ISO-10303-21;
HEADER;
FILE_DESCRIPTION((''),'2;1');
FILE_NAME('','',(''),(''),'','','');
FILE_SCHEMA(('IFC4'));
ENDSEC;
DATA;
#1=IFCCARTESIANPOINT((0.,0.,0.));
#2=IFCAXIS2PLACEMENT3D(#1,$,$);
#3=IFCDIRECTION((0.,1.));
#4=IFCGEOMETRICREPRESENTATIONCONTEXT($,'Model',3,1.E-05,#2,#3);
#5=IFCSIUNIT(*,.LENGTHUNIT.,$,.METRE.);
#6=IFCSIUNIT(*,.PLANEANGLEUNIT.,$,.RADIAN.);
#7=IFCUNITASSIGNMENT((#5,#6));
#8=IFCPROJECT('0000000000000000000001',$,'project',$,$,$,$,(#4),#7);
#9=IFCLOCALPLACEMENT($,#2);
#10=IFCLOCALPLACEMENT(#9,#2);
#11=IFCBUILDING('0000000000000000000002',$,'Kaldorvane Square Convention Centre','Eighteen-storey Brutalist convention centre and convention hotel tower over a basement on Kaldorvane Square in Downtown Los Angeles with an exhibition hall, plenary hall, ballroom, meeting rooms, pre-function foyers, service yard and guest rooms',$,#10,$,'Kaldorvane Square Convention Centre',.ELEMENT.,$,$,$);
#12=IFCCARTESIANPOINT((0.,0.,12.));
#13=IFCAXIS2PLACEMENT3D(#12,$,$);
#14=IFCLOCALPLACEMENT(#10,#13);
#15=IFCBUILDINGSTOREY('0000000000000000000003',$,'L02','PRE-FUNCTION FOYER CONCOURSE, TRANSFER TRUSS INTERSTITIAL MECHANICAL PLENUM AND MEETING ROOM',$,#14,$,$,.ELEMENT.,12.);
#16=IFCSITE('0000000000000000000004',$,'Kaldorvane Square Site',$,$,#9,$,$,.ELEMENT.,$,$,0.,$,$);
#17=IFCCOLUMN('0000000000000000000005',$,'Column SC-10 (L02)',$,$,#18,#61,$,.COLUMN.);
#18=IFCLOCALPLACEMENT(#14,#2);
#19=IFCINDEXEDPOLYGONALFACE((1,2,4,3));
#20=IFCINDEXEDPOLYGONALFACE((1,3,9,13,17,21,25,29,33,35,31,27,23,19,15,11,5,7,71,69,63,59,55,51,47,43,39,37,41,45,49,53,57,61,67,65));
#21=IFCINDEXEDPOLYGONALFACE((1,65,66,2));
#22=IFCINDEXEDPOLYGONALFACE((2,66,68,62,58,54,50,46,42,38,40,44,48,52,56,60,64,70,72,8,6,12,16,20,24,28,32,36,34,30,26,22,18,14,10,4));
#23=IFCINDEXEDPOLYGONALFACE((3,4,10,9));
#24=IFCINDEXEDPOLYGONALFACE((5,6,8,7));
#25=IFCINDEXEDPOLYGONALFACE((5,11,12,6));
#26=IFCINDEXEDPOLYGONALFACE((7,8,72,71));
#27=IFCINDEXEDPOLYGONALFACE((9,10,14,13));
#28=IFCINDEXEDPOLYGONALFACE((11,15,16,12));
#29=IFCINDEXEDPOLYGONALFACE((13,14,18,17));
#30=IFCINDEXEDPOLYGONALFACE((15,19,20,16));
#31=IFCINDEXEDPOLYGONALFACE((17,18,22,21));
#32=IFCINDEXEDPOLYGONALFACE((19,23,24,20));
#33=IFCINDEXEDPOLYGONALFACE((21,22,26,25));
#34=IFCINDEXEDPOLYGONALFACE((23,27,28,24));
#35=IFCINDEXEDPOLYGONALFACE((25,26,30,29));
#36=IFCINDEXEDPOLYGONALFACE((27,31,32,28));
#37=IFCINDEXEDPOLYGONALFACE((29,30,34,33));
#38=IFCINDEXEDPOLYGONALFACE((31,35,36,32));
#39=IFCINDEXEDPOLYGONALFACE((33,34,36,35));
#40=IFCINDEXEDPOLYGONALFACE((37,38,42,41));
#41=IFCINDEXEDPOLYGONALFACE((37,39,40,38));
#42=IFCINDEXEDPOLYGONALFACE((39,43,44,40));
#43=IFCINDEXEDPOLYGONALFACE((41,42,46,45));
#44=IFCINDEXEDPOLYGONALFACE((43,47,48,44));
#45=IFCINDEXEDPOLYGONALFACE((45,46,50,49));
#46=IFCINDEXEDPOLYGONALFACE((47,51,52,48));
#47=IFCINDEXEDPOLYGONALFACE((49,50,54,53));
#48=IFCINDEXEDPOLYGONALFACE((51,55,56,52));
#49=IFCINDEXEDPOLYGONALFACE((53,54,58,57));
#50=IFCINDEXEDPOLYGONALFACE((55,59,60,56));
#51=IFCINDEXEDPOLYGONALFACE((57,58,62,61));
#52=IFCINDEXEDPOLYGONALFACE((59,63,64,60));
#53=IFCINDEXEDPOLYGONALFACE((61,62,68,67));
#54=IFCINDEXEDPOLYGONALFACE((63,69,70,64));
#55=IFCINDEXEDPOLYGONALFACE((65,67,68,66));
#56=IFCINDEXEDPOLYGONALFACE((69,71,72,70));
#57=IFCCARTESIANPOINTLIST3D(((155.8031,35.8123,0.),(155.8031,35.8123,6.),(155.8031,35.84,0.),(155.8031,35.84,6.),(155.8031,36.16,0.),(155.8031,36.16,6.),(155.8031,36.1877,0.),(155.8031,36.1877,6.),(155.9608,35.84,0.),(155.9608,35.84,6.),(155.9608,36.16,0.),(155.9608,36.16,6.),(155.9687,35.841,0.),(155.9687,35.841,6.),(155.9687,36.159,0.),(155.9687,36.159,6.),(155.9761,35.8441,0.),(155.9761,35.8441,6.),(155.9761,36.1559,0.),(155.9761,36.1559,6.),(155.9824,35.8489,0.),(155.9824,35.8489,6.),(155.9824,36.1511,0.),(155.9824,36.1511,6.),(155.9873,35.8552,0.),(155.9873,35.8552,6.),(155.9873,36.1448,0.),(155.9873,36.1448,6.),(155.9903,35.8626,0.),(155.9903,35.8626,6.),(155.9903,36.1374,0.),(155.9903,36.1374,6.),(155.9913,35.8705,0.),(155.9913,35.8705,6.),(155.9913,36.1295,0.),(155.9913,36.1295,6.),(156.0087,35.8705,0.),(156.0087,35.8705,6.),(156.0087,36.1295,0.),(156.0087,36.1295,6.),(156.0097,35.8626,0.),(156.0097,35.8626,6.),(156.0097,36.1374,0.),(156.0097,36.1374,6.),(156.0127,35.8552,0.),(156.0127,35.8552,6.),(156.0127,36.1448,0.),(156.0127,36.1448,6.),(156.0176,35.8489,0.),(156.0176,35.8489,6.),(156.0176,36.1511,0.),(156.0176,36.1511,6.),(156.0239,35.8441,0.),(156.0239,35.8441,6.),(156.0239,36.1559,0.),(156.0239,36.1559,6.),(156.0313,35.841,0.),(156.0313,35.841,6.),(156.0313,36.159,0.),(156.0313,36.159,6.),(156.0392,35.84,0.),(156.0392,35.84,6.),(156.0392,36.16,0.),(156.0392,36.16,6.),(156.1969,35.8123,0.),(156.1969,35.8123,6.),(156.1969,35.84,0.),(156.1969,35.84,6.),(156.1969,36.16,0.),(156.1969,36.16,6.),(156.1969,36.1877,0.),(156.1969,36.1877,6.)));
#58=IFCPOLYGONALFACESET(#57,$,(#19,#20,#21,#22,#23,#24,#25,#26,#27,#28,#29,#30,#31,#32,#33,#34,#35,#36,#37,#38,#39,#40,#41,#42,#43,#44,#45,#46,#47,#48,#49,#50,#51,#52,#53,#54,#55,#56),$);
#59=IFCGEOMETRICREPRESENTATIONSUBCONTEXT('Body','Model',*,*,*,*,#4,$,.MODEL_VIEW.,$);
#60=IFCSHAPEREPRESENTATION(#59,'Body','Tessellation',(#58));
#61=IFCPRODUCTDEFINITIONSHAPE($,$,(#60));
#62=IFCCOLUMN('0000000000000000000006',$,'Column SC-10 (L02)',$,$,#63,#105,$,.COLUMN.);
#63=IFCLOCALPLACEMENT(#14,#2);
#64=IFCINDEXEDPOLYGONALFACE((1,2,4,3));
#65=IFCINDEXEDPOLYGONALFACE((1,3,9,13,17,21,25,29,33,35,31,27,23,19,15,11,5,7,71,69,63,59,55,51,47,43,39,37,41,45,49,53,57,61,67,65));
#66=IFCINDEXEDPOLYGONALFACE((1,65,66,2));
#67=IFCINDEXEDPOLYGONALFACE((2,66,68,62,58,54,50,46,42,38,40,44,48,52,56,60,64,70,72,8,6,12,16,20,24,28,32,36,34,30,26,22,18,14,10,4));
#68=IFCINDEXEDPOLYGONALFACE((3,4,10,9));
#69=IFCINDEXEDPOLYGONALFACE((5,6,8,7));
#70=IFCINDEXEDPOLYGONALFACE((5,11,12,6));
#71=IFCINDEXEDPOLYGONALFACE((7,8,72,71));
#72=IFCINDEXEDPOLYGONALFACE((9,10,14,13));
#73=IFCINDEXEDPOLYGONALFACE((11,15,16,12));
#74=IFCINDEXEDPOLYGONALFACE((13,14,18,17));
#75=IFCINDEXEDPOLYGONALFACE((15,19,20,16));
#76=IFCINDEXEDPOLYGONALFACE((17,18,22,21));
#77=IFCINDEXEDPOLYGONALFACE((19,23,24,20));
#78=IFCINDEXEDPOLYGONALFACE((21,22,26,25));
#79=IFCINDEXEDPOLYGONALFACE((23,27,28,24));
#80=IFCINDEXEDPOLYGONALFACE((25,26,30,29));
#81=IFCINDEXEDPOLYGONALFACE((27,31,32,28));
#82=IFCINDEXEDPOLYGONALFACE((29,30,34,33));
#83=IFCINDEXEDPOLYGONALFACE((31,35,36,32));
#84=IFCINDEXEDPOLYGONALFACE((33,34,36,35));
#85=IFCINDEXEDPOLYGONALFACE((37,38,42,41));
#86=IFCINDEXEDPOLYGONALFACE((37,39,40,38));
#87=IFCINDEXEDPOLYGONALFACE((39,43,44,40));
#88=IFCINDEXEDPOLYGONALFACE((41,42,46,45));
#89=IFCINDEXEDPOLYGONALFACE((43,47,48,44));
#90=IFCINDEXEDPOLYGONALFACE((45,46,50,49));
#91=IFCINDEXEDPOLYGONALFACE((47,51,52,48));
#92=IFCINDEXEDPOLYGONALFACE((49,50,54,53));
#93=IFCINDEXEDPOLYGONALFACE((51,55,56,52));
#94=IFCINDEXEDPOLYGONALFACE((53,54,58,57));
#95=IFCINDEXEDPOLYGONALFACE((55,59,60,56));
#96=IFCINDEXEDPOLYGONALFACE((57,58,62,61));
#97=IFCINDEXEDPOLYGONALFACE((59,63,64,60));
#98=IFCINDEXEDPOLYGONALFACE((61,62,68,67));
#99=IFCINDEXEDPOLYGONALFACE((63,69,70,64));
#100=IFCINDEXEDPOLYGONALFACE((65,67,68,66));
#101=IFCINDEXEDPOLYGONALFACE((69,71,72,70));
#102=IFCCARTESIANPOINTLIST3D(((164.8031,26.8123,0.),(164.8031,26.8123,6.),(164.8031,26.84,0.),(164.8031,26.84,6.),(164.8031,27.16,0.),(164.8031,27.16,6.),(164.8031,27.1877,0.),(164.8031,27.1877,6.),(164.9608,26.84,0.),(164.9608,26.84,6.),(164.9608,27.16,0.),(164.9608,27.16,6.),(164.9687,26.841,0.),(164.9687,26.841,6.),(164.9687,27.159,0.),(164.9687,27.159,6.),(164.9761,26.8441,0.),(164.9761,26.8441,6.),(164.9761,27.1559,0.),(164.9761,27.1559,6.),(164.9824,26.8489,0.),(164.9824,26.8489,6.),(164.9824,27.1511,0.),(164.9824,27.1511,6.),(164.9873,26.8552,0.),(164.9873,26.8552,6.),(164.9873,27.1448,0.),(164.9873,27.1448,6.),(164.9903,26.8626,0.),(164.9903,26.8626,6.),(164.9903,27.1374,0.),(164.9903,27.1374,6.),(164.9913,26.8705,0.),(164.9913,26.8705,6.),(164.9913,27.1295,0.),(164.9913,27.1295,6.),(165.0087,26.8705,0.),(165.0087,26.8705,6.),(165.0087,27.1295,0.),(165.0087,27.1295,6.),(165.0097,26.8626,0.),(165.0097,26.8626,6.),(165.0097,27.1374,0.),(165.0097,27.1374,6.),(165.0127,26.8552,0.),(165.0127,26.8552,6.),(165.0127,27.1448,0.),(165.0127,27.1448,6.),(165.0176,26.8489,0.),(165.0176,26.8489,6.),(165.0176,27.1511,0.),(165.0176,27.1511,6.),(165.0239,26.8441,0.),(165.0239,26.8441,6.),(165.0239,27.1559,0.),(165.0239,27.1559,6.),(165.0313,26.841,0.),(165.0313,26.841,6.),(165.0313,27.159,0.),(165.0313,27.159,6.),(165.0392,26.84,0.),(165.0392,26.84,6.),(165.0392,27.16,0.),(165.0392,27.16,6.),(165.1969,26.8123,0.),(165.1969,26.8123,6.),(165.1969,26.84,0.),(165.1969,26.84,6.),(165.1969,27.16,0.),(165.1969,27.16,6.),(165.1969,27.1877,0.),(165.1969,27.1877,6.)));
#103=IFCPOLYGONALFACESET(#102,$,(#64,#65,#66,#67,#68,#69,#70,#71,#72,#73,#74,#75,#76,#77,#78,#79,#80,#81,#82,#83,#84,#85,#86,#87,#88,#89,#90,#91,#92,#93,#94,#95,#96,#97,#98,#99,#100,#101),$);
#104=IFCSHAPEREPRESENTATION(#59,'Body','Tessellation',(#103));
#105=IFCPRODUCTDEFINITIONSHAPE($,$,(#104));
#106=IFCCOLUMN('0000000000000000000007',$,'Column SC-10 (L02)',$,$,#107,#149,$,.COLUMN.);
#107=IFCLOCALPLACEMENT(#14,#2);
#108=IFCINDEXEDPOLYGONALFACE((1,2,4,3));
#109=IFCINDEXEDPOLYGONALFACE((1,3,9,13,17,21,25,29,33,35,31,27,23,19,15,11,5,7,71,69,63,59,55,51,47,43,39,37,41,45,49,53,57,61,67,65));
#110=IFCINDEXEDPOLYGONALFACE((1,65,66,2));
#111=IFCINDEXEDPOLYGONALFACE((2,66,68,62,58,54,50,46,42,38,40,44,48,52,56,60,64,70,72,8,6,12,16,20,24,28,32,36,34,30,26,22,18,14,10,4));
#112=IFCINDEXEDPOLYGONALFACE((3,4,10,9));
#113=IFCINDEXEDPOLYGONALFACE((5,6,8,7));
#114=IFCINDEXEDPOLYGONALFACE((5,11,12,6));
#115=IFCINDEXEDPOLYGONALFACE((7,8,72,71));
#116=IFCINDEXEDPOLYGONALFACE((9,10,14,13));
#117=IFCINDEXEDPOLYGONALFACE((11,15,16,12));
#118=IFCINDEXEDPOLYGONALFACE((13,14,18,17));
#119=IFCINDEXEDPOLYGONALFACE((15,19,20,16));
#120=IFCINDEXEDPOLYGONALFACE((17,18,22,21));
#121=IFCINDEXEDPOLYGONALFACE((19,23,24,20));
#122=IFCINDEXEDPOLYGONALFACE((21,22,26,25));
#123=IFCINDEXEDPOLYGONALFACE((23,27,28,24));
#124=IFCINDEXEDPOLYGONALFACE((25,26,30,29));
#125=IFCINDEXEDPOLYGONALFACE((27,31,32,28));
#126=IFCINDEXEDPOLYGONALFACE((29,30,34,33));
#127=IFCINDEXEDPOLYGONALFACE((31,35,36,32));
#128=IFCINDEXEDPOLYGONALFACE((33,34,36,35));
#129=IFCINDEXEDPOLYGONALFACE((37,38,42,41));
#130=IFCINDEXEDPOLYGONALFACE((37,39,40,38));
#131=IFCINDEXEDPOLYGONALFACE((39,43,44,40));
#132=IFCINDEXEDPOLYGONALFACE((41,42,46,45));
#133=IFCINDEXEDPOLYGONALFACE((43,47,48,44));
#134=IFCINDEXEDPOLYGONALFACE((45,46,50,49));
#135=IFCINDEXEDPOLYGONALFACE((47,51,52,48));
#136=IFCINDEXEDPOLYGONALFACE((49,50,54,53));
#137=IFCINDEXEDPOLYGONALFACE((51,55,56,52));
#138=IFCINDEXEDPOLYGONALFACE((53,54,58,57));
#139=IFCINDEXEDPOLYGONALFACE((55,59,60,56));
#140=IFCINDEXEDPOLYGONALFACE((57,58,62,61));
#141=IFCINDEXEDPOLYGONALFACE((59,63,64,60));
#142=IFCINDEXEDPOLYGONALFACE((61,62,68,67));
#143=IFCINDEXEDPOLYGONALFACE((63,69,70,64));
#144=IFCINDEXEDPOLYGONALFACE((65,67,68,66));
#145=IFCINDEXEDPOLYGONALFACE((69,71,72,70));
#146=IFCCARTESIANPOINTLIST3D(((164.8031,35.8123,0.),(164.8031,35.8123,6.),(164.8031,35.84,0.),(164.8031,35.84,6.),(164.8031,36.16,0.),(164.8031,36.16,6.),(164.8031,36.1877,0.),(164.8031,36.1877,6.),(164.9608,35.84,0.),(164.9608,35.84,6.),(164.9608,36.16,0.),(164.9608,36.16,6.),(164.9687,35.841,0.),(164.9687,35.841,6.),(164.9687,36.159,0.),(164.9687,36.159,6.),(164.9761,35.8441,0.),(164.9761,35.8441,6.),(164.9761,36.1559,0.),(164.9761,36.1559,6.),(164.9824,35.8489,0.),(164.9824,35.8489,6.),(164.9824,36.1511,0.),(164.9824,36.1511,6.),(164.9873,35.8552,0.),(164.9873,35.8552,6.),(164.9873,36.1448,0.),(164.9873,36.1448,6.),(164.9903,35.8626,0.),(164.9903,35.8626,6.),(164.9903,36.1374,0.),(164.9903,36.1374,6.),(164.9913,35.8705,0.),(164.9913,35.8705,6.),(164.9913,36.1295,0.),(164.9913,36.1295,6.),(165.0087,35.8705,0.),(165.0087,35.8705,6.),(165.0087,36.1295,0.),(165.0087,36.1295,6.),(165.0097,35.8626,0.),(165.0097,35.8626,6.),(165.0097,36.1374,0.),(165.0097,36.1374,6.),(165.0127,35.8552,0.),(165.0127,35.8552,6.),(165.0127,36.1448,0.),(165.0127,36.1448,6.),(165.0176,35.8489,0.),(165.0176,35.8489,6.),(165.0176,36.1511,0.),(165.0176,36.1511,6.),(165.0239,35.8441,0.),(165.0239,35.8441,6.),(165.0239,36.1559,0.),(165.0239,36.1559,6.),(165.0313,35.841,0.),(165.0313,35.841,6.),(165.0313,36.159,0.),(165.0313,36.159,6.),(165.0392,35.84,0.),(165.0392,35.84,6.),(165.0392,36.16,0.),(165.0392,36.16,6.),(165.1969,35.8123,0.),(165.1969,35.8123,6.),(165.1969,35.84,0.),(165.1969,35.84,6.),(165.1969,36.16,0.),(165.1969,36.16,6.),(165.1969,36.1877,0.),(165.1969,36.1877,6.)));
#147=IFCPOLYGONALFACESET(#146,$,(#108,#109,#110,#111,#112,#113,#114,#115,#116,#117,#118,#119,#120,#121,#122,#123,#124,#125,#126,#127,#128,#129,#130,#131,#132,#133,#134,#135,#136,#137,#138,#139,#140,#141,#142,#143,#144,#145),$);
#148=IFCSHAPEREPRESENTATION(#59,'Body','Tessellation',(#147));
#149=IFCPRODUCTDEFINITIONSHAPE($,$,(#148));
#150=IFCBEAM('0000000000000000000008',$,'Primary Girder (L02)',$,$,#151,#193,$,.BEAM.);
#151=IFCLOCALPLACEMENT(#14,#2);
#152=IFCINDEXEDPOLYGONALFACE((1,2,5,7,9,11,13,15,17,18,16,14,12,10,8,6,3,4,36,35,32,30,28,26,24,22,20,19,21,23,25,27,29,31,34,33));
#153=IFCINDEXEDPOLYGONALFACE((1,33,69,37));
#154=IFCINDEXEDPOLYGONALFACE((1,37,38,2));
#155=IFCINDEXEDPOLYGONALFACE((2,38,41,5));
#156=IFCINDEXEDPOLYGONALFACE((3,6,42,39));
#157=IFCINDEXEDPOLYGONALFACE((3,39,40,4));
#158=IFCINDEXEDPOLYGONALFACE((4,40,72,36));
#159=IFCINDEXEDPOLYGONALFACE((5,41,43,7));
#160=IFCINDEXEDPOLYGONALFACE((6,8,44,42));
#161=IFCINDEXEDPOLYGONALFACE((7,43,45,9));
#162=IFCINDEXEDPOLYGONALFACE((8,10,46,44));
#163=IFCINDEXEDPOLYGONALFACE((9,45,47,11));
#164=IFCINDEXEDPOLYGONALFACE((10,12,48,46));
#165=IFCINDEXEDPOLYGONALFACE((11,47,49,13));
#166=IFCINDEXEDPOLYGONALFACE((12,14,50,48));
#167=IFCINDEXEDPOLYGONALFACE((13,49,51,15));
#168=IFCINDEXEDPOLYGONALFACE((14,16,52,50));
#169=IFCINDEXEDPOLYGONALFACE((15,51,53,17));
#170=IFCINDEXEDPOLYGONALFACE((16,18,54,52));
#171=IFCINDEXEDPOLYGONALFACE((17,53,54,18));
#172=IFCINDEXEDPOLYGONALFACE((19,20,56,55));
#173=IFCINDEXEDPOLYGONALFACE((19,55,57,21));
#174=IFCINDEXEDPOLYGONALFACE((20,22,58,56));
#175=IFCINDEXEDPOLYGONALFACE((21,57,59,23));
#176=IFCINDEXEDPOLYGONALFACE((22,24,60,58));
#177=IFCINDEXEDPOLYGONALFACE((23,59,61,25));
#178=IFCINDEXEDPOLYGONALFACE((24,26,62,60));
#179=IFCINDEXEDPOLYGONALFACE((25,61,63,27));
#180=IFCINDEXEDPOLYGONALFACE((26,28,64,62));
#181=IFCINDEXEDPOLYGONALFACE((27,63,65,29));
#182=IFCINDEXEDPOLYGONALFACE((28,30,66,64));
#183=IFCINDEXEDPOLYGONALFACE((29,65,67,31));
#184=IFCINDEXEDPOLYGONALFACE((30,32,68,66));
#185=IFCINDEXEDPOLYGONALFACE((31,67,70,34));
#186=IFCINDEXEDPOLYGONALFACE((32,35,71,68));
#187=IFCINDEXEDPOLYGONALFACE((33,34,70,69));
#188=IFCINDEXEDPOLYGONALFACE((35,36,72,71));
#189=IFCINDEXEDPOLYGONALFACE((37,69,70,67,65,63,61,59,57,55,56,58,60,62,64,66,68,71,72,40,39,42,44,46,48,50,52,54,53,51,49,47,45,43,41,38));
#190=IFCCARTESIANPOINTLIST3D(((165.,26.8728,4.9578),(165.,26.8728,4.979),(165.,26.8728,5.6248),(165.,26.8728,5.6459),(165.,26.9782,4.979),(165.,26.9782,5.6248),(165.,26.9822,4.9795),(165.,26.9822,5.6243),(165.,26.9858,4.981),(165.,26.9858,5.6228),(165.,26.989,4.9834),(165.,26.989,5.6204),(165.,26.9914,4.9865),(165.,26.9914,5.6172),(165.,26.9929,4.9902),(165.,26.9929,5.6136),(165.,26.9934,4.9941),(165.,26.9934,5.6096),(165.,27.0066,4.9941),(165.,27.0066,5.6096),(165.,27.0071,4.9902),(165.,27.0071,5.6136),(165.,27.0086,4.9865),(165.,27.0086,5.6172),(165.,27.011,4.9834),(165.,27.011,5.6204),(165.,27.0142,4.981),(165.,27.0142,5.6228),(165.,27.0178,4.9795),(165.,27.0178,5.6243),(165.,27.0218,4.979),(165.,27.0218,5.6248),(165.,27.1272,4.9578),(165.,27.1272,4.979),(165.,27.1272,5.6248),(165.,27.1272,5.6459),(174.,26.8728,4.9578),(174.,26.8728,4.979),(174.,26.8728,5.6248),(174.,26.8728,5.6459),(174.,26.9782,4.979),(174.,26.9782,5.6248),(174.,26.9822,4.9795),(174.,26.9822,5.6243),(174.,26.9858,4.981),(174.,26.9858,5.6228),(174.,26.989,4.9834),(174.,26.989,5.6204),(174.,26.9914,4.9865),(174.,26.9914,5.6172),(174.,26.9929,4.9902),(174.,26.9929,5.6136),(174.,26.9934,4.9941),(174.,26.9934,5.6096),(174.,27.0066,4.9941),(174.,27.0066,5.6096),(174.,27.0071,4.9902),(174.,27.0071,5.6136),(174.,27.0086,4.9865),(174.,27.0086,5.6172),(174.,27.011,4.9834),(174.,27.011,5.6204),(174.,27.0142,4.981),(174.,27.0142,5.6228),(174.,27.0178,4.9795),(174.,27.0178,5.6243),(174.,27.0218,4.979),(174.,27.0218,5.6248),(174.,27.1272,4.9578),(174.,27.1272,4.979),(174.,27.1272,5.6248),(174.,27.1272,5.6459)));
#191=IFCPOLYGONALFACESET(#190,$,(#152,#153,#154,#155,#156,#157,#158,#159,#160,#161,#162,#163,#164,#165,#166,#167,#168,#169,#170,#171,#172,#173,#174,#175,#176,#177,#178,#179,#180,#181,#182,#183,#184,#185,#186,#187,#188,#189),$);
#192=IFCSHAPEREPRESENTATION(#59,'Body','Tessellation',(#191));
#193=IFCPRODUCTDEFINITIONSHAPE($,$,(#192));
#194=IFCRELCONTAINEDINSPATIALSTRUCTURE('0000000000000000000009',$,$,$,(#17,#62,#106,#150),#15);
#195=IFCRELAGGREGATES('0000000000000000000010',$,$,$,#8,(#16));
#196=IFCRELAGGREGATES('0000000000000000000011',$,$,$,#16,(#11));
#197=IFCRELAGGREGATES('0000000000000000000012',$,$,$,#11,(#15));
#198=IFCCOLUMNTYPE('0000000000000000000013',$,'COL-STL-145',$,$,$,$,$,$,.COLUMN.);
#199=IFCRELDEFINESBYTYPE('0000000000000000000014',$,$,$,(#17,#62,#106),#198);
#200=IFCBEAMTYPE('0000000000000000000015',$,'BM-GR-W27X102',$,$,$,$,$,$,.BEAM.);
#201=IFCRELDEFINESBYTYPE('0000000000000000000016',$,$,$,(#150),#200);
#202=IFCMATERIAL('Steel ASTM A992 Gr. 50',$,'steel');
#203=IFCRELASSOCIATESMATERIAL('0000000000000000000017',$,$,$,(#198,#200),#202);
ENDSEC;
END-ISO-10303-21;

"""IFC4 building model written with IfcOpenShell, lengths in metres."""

from ifc_helpers import new_model, si_unit, direction, frame, origin, origin_2d, place, context, subcontext, project, spatial, i_section, extrude, material, material_profile, profile_set, type_object, element, save


model = new_model("IFC4")

# Units and contexts
model_context = context("Model", 3, precision=1e-05, world=origin(), true_north=direction((0.0, 1.0)))
body_context = subcontext(model_context, "Body", "Model", "MODEL_VIEW")
ifc_project = project(units=[si_unit("LENGTHUNIT", "METRE"), si_unit("PLANEANGLEUNIT", "RADIAN")], contexts=[model_context])

# Site, building, storey
site_placement = place(None, origin())
site = spatial("IfcSite", under=ifc_project, at=site_placement, Name="Kaldorvane Square Site", CompositionType="ELEMENT", RefElevation=0.0)
building_placement = place(site_placement, origin())
building = spatial("IfcBuilding", under=site, at=building_placement, Name="Kaldorvane Square Convention Centre", Description="Eighteen-storey Brutalist convention centre and convention hotel tower over a basement on Kaldorvane Square in Downtown Los Angeles with an exhibition hall, plenary hall, ballroom, meeting rooms, pre-function foyers, service yard and guest rooms", LongName="Kaldorvane Square Convention Centre", CompositionType="ELEMENT")
storey_placement = place(building_placement, frame((0.0, 0.0, 12.0)))
storey = spatial("IfcBuildingStorey", under=building, at=storey_placement, Name="L02", Description="PRE-FUNCTION FOYER CONCOURSE, TRANSFER TRUSS INTERSTITIAL MECHANICAL PLENUM AND MEETING ROOM", CompositionType="ELEMENT", Elevation=12.0)

# Columns
ifc_material_1 = material(Name="Steel ASTM A992 Gr. 50", Category="steel")
ifc_material_profile_1 = material_profile(ifc_material_1, i_section(OverallWidth=0.3937, OverallDepth=0.3754, WebThickness=0.0173, FlangeThickness=0.0277, FilletRadius=0.0305, at=origin_2d()), Name="W14X145")
ifc_profile_set_1 = profile_set([ifc_material_profile_1], Name="Steel ASTM A992 Gr. 50")
column_type = type_object("IfcColumnType", Name="COL-STL-145", PredefinedType="COLUMN", material=ifc_profile_set_1)
for number, where, z_axis, x_axis, name in (
    (1, (156.0, 36.0, 0.0), (0.0, 0.0, 1.0), (1.0, 0.0, 0.0), "Column SC-10 (L02)"),
    (2, (165.0, 27.0, 0.0), (0.0, 0.0, 1.0), (1.0, 0.0, 0.0), "Column SC-10 (L02)"),
    (3, (165.0, 36.0, 0.0), (0.0, 0.0, 1.0), (1.0, 0.0, 0.0), "Column SC-10 (L02)"),
):
    element("IfcColumn", number, at=place(storey_placement, frame(where, z_axis=z_axis, x_axis=x_axis)), inside=storey, type_object=column_type, Name=name, PredefinedType="COLUMN", context=body_context, shape_type="SweptSolid", body=[
        extrude(i_section(OverallWidth=0.3937, OverallDepth=0.3754, WebThickness=0.0173, FlangeThickness=0.0277, FilletRadius=0.0305, at=origin_2d()), origin(), (0.0, 0.0, 1.0), 6.0),
    ])

# Beam
ifc_material_profile_2 = material_profile(ifc_material_1, i_section(OverallWidth=0.2544, OverallDepth=0.6881, WebThickness=0.0131, FlangeThickness=0.0211, FilletRadius=0.0152, at=origin_2d()), Name="W27X102")
ifc_profile_set_2 = profile_set([ifc_material_profile_2], Name="Steel ASTM A992 Gr. 50")
beam_type_1 = type_object("IfcBeamType", Name="BM-GR-W27X102", PredefinedType="BEAM", material=ifc_profile_set_2)
for number, where, z_axis, x_axis, name in (
    (4, (165.0, 27.0, 5.3019), (1.0, 0.0, 0.0), (0.0, 1.0, 0.0), "Primary Girder (L02)"),
):
    element("IfcBeam", number, at=place(storey_placement, frame(where, z_axis=z_axis, x_axis=x_axis)), inside=storey, type_object=beam_type_1, Name=name, PredefinedType="BEAM", context=body_context, shape_type="SweptSolid", body=[
        extrude(i_section(OverallWidth=0.2544, OverallDepth=0.6881, WebThickness=0.0131, FlangeThickness=0.0211, FilletRadius=0.0152, at=origin_2d()), origin(), (0.0, 0.0, 1.0), 9.0),
    ])

save(model, "model.ifc")
